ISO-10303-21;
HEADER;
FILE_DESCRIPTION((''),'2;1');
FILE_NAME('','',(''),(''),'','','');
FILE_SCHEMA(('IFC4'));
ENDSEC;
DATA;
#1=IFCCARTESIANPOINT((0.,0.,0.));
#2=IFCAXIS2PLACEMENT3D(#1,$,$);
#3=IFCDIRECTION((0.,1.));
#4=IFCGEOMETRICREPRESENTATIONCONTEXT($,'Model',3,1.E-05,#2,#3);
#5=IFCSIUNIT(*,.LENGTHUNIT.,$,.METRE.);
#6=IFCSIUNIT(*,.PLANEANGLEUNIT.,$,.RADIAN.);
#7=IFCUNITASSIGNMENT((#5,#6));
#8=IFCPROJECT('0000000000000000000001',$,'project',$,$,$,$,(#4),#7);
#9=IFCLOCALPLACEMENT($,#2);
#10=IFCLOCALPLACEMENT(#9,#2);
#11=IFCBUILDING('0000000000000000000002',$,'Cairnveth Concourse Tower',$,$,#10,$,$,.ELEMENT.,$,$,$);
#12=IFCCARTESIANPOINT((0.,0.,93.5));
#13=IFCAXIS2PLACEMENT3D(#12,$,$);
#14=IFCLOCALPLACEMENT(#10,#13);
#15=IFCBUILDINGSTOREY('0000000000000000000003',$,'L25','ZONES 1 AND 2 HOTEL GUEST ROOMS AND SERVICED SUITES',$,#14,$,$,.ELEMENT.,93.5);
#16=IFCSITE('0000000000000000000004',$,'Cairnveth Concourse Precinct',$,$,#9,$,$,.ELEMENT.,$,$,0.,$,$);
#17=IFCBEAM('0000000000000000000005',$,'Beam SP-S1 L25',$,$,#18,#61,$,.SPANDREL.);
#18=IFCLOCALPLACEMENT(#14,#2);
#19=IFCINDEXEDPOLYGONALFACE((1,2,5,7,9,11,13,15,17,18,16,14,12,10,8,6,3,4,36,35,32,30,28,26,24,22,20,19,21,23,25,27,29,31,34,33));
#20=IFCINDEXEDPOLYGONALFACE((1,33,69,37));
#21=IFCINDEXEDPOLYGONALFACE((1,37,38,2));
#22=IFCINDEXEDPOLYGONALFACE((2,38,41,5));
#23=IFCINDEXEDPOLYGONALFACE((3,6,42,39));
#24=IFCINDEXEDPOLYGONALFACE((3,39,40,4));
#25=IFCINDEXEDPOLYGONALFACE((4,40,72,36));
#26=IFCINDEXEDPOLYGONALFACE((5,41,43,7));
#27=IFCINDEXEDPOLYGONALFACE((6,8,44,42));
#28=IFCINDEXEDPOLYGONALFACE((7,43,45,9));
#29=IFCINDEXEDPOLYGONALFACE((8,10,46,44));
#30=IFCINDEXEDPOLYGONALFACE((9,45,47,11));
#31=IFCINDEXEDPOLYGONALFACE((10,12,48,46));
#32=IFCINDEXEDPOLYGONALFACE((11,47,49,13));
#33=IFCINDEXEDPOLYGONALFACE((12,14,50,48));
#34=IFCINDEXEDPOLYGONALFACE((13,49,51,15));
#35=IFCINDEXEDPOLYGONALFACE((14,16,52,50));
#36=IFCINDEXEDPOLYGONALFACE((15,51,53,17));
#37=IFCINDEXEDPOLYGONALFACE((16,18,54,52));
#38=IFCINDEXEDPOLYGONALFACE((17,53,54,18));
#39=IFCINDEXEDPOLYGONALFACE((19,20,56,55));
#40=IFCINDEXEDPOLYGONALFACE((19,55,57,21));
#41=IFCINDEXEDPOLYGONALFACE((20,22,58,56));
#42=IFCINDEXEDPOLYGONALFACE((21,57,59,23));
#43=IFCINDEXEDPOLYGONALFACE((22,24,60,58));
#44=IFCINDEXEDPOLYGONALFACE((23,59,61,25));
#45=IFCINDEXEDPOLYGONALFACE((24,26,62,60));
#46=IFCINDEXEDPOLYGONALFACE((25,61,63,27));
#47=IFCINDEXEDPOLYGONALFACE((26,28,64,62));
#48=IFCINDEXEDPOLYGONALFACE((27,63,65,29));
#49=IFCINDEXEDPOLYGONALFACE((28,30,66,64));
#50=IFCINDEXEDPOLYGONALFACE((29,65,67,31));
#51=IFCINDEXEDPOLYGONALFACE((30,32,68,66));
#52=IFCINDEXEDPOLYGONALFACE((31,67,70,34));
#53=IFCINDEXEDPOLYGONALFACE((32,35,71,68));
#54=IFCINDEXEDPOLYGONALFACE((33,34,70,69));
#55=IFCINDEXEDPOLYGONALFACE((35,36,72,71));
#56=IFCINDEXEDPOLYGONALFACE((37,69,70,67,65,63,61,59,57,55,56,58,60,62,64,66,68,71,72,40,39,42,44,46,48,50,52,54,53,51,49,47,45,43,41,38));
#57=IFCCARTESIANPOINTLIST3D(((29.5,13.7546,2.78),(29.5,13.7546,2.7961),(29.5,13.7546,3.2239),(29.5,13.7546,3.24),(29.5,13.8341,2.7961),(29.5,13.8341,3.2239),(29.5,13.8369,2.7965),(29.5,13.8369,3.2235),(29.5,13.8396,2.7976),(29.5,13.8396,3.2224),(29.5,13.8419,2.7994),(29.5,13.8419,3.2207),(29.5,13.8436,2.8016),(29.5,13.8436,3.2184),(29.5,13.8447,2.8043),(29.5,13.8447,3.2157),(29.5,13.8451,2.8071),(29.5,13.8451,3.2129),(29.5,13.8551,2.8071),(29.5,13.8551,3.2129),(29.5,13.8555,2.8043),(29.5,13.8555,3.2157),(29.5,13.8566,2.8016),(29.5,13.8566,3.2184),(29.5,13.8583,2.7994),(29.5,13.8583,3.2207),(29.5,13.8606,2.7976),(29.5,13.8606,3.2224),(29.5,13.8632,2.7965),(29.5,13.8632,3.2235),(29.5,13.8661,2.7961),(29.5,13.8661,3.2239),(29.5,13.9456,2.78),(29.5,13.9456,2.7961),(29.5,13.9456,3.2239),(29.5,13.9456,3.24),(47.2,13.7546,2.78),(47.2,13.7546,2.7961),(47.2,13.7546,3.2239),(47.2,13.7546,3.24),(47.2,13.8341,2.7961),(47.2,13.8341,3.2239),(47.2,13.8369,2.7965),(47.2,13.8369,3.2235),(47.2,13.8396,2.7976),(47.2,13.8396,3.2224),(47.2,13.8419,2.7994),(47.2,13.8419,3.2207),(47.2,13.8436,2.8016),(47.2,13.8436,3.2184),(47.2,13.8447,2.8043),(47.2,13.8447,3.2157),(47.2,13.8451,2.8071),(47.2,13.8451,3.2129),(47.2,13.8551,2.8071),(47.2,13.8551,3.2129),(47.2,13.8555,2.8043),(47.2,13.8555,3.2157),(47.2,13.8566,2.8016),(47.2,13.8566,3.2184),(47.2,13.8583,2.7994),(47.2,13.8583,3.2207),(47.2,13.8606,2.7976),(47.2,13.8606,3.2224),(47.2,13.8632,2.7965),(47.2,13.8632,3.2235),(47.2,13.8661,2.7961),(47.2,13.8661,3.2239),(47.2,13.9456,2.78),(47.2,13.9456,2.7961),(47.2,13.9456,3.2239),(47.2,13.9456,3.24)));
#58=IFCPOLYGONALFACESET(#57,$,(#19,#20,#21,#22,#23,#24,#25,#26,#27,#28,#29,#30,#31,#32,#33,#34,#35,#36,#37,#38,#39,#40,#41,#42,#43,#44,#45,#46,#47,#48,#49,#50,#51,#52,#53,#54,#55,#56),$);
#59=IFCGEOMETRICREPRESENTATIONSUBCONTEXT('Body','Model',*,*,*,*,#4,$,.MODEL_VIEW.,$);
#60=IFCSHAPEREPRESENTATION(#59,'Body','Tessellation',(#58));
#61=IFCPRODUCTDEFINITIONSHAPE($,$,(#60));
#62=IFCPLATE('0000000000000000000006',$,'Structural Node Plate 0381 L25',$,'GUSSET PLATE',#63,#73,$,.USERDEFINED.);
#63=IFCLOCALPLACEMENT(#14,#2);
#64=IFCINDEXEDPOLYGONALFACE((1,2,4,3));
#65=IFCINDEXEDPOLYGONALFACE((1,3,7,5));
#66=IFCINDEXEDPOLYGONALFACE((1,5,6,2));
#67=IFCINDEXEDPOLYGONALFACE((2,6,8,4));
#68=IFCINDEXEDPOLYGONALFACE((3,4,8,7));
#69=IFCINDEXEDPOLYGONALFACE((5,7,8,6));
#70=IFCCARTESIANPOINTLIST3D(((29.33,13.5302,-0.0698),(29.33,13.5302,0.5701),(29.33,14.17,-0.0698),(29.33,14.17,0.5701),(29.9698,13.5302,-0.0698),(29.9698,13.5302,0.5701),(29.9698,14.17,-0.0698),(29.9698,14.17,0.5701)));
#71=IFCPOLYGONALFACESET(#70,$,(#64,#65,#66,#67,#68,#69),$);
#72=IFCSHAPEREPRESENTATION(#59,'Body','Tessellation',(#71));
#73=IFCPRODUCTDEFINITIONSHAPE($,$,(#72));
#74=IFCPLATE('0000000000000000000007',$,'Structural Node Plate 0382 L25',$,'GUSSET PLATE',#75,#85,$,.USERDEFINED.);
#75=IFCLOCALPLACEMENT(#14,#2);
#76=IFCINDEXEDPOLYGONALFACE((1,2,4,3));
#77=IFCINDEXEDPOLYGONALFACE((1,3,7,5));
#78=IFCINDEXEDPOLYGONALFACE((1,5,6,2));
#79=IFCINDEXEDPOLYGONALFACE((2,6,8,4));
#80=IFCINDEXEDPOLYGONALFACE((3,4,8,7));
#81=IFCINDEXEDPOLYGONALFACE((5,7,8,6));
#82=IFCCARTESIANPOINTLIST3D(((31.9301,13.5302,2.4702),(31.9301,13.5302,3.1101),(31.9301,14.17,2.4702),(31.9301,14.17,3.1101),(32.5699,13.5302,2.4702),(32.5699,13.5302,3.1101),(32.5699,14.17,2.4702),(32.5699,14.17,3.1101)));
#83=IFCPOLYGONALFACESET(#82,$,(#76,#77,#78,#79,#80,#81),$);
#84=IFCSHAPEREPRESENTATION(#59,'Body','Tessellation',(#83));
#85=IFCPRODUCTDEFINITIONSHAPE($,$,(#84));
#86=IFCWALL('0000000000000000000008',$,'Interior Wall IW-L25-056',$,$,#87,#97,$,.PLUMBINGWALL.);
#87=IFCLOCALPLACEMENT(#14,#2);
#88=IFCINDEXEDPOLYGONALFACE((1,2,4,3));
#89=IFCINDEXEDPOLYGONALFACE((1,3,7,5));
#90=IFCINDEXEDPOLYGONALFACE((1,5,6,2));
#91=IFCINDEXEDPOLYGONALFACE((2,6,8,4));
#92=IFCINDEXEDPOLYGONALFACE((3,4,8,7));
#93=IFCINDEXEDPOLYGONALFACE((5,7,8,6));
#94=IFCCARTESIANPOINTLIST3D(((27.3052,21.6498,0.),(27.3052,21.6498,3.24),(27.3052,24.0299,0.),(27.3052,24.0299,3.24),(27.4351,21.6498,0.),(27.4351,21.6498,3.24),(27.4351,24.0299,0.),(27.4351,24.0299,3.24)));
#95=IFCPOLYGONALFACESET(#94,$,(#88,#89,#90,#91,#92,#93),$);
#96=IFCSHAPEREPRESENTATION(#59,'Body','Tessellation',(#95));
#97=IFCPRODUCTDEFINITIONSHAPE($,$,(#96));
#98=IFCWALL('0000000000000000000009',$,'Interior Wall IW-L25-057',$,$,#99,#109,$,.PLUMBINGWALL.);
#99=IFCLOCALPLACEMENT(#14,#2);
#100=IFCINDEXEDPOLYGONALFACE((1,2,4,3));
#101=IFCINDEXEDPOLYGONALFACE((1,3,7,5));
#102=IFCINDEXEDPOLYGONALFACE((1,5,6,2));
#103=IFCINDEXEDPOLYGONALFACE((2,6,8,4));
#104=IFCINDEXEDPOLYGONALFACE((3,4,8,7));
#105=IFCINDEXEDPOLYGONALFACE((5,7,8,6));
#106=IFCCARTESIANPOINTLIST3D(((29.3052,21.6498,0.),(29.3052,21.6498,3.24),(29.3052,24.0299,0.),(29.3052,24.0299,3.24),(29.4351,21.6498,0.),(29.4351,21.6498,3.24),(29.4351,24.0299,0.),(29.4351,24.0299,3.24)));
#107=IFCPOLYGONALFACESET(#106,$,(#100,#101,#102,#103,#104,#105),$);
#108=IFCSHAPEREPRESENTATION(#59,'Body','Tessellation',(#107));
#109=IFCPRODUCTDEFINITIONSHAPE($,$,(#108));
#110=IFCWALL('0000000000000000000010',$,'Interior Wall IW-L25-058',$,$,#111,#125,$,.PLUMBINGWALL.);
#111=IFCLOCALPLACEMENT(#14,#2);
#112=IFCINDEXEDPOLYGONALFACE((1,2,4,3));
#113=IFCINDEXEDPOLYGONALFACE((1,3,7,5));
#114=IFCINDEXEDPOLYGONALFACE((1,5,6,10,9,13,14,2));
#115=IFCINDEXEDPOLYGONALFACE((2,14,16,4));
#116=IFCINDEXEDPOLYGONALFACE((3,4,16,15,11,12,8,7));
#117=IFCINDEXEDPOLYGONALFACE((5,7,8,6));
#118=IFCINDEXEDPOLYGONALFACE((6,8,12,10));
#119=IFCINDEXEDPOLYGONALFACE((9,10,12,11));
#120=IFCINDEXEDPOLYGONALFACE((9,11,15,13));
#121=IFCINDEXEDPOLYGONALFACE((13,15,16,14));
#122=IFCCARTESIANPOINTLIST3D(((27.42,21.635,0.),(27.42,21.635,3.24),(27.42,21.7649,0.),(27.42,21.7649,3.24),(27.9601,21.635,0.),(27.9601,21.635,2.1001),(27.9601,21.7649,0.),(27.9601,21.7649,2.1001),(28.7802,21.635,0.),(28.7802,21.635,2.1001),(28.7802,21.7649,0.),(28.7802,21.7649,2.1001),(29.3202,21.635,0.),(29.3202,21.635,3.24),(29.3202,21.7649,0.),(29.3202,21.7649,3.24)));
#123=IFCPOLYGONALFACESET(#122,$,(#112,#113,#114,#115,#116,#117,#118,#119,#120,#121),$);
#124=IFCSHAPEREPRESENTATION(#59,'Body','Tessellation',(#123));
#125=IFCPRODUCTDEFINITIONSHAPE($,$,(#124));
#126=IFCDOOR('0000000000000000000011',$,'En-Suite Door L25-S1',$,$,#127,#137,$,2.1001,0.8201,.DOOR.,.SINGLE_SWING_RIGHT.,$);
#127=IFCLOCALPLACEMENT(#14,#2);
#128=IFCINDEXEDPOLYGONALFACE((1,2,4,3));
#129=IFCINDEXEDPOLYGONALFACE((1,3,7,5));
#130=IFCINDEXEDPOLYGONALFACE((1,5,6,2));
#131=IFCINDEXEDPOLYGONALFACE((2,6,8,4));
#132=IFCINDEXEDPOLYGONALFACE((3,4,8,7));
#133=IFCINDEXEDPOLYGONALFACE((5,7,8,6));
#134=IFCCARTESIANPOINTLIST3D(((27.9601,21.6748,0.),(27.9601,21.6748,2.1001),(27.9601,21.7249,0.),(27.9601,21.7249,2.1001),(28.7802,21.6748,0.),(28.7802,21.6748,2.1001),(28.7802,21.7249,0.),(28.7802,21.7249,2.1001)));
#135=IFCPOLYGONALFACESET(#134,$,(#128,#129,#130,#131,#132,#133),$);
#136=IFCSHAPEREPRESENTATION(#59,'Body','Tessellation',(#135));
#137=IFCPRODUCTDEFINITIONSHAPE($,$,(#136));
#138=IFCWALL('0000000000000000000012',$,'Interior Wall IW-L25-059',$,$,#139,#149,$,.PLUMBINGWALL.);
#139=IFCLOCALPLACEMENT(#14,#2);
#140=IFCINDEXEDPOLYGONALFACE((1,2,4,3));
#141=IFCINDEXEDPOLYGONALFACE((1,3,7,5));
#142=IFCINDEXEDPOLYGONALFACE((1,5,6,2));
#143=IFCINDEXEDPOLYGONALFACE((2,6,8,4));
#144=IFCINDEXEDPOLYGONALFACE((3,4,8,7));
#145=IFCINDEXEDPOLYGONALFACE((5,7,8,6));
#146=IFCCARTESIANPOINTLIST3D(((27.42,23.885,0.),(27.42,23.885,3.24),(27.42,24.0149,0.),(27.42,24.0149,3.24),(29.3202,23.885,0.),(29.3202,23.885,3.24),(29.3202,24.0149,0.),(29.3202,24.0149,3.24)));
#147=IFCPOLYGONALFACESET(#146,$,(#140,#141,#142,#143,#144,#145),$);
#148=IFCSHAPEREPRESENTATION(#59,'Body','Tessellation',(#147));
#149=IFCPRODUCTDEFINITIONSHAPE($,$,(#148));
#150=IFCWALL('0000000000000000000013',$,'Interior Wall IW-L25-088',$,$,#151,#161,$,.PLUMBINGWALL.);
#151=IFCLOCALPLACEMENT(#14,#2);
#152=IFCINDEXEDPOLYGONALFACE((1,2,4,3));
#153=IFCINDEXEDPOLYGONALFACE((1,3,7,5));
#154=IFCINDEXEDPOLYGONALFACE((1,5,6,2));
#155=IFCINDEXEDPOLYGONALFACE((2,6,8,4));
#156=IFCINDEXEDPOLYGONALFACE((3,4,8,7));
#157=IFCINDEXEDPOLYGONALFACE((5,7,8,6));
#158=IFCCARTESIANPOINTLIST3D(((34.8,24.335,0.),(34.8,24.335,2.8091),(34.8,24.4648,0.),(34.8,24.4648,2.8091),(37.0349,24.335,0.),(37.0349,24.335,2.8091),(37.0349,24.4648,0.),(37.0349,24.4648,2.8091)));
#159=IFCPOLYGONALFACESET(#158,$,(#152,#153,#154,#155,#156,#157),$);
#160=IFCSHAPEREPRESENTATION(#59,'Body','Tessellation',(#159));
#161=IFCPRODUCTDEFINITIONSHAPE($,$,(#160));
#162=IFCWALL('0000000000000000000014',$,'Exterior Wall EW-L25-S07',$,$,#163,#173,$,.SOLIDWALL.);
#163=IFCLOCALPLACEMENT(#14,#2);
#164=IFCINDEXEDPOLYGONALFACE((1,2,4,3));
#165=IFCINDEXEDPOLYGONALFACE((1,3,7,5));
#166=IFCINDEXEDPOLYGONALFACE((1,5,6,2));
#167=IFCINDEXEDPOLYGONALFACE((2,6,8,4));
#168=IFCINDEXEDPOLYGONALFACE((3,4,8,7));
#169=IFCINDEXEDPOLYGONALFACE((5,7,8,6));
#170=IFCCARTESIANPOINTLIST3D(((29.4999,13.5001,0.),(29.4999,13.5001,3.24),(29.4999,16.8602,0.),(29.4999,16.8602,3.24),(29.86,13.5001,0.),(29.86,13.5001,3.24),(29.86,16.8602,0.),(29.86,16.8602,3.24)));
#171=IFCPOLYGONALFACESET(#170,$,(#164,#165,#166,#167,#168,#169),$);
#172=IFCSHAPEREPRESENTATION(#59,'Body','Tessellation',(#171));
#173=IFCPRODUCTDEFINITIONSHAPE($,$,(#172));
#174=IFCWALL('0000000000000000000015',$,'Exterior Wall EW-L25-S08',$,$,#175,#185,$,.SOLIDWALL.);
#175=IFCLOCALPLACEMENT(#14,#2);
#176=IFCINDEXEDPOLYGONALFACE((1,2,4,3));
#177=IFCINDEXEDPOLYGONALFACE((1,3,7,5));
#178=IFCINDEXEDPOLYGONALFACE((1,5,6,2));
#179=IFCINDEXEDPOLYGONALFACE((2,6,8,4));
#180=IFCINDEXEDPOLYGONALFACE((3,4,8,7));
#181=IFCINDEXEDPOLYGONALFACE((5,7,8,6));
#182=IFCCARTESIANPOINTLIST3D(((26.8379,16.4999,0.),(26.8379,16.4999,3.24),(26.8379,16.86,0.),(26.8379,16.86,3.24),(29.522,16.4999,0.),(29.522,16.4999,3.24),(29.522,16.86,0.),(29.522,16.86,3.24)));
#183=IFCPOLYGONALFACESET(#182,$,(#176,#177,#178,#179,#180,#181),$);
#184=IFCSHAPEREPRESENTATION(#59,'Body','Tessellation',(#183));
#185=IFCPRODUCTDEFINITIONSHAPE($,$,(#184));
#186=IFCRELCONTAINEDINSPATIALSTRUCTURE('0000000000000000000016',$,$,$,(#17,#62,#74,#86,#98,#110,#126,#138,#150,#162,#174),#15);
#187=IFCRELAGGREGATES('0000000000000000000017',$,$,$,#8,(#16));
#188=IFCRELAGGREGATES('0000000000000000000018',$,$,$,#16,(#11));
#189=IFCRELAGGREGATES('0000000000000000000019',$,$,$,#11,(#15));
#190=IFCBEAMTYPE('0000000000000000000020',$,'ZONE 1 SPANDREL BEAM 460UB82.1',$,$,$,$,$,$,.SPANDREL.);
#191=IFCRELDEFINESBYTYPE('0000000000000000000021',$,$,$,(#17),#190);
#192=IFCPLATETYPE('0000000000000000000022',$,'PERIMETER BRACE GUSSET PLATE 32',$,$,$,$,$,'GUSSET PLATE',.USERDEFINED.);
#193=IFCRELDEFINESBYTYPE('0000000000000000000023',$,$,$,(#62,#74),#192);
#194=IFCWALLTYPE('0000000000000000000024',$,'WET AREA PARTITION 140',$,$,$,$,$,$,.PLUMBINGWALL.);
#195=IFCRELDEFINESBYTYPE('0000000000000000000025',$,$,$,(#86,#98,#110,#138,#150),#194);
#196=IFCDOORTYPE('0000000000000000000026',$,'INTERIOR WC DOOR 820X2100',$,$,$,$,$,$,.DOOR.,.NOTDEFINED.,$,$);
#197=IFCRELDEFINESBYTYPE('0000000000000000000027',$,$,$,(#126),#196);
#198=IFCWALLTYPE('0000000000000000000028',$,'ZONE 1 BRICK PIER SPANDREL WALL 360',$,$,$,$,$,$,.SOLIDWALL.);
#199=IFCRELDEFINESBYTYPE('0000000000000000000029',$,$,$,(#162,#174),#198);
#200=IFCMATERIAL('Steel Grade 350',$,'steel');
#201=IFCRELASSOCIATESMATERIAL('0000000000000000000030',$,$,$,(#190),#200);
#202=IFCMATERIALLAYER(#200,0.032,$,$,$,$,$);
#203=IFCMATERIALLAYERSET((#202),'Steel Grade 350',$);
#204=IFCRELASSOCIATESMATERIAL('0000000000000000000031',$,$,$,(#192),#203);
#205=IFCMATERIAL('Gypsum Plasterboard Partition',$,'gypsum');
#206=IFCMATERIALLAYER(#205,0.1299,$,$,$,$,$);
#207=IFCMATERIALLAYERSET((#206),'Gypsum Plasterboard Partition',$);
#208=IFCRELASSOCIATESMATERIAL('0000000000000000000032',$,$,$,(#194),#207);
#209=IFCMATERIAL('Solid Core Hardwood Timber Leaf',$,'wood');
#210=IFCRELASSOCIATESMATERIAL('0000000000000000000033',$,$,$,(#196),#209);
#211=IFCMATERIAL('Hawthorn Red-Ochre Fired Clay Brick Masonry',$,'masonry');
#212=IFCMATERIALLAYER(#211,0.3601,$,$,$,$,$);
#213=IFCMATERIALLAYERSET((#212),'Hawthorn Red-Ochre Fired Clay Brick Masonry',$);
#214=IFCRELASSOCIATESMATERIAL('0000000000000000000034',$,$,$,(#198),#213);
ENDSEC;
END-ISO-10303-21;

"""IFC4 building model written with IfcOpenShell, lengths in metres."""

from ifc_helpers import new_model, si_unit, direction, frame, frame_2d, origin, origin_2d, place, context, subcontext, project, spatial, rectangle, i_section, extrude, material, layer, layer_set, material_profile, profile_set, type_object, element, fill, save


model = new_model("IFC4")

# Units and contexts
model_context = context("Model", 3, precision=1e-05, world=origin(), true_north=direction((0.0, 1.0)))
body_context = subcontext(model_context, "Body", "Model", "MODEL_VIEW")
ifc_project = project(units=[si_unit("LENGTHUNIT", "METRE"), si_unit("PLANEANGLEUNIT", "RADIAN")], contexts=[model_context])

# Site, building, storey
site_placement = place(None, origin())
site = spatial("IfcSite", under=ifc_project, at=site_placement, Name="Cairnveth Concourse Precinct", CompositionType="ELEMENT", RefElevation=0.0)
building_placement = place(site_placement, origin())
building = spatial("IfcBuilding", under=site, at=building_placement, Name="Cairnveth Concourse Tower", CompositionType="ELEMENT")
storey_placement = place(building_placement, frame((0.0, 0.0, 93.5)))
storey = spatial("IfcBuildingStorey", under=building, at=storey_placement, Name="L25", Description="ZONES 1 AND 2 HOTEL GUEST ROOMS AND SERVICED SUITES", CompositionType="ELEMENT", Elevation=93.5)

# Shared definitions
ifc_material_1 = material(Name="Steel Grade 350", Category="steel")

# Beam
ifc_material_profile_1 = material_profile(ifc_material_1, i_section(OverallWidth=0.1909, OverallDepth=0.46, WebThickness=0.01, FlangeThickness=0.0161, FilletRadius=0.011, at=origin_2d()), Name="460UB82.1")
ifc_profile_set_1 = profile_set([ifc_material_profile_1], Name="Steel Grade 350")
beam_type_1 = type_object("IfcBeamType", Name="ZONE 1 SPANDREL BEAM 460UB82.1", PredefinedType="SPANDREL", material=ifc_profile_set_1)
beam_1_placement = place(storey_placement, frame((29.5, 13.8501, 3.01), z_axis=(1.0, 0.0, 0.0), x_axis=(0.0, 1.0, 0.0)))
element("IfcBeam", 1, at=beam_1_placement, inside=storey, type_object=beam_type_1, Name="Beam SP-S1 L25", PredefinedType="SPANDREL", context=body_context, shape_type="SweptSolid", body=[
    extrude(i_section(OverallWidth=0.1909, OverallDepth=0.46, WebThickness=0.01, FlangeThickness=0.0161, FilletRadius=0.011, at=origin_2d()), origin(), (0.0, 0.0, 1.0), 17.7),
])

# Plates
ifc_layer_1 = layer(ifc_material_1, 0.032)
ifc_layer_set_1 = layer_set([ifc_layer_1], Name="Steel Grade 350")
plate_type = type_object("IfcPlateType", Name="PERIMETER BRACE GUSSET PLATE 32", ElementType="GUSSET PLATE", PredefinedType="USERDEFINED", material=ifc_layer_set_1)
for number, where, z_axis, x_axis, name in (
    (2, (29.6499, 13.8501, -0.0698), (0.0, 0.0, 1.0), (1.0, 0.0, 0.0), "Structural Node Plate 0381 L25"),
    (3, (32.25, 13.8501, 2.4702), (0.0, 0.0, 1.0), (1.0, 0.0, 0.0), "Structural Node Plate 0382 L25"),
):
    element("IfcPlate", number, at=place(storey_placement, frame(where, z_axis=z_axis, x_axis=x_axis)), inside=storey, type_object=plate_type, Name=name, ObjectType="GUSSET PLATE", PredefinedType="USERDEFINED", context=body_context, shape_type="SweptSolid", body=[
        extrude(rectangle(XDim=0.6399, YDim=0.6399, at=origin_2d()), origin(), (0.0, 0.0, 1.0), 0.6399),
    ])

# Walls
ifc_material_2 = material(Name="Gypsum Plasterboard Partition", Category="gypsum")
ifc_layer_2 = layer(ifc_material_2, 0.1299)
ifc_layer_set_2 = layer_set([ifc_layer_2], Name="Gypsum Plasterboard Partition")
wall_type_1 = type_object("IfcWallType", Name="WET AREA PARTITION 140", PredefinedType="PLUMBINGWALL", material=ifc_layer_set_2)
for number, where, z_axis, x_axis, name in (
    (4, (27.3701, 21.6499, 0.0), (0.0, 0.0, 1.0), (0.0, 1.0, 0.0), "Interior Wall IW-L25-056"),
    (5, (29.3701, 21.6499, 0.0), (0.0, 0.0, 1.0), (0.0, 1.0, 0.0), "Interior Wall IW-L25-057"),
):
    element("IfcWall", number, at=place(storey_placement, frame(where, z_axis=z_axis, x_axis=x_axis)), inside=storey, type_object=wall_type_1, Name=name, PredefinedType="PLUMBINGWALL", context=body_context, shape_type="SweptSolid", body=[
        extrude(rectangle(XDim=2.3801, YDim=0.1299, at=frame_2d((1.1899, 0.0))), origin(), (0.0, 0.0, 1.0), 3.24),
    ])

# Wall, opening, door
wall_1_placement = place(storey_placement, frame((27.4199, 21.7, 0.0), z_axis=(0.0, 0.0, 1.0), x_axis=(1.0, 0.0, 0.0)))
wall_1 = element("IfcWall", 6, at=wall_1_placement, inside=storey, type_object=wall_type_1, Name="Interior Wall IW-L25-058", PredefinedType="PLUMBINGWALL", context=body_context, shape_type="SweptSolid", body=[
    extrude(rectangle(XDim=1.9001, YDim=0.1299, at=frame_2d((0.9502, 0.0))), origin(), (0.0, 0.0, 1.0), 3.24),
])
opening_placement = place(wall_1_placement, frame((0.54, 0.0, 0.0)))
opening = element("IfcOpeningElement", 7, at=opening_placement, cuts=wall_1, PredefinedType="OPENING", context=body_context, shape_type="SweptSolid", body=[
    extrude(rectangle(XDim=0.8201, YDim=2.1001, at=frame_2d((0.4102, 1.05))), frame((0.0, 0.075, 0.0), z_axis=(0.0, -1.0, 0.0), x_axis=(1.0, 0.0, 0.0)), (0.0, 0.0, 1.0), 0.1499),
])
ifc_material_3 = material(Name="Solid Core Hardwood Timber Leaf", Category="wood")
door_type = type_object("IfcDoorType", Name="INTERIOR WC DOOR 820X2100", OperationType="NOTDEFINED", PredefinedType="DOOR", material=ifc_material_3)
door_placement = place(opening_placement, origin())
door = element("IfcDoor", 8, at=door_placement, inside=storey, type_object=door_type, Name="En-Suite Door L25-S1", OperationType="SINGLE_SWING_RIGHT", OverallHeight=2.1001, OverallWidth=0.8201, PredefinedType="DOOR", context=body_context, shape_type="SweptSolid", body=[
    extrude(rectangle(XDim=0.8201, YDim=2.1001, at=frame_2d((0.4102, 1.05))), frame((0.0, 0.0249, 0.0), z_axis=(0.0, -1.0, 0.0), x_axis=(1.0, 0.0, 0.0)), (0.0, 0.0, 1.0), 0.05),
])
fill(opening, door)

# Walls
wall_2_placement = place(storey_placement, frame((27.4199, 23.95, 0.0), z_axis=(0.0, 0.0, 1.0), x_axis=(1.0, 0.0, 0.0)))
element("IfcWall", 9, at=wall_2_placement, inside=storey, type_object=wall_type_1, Name="Interior Wall IW-L25-059", PredefinedType="PLUMBINGWALL", context=body_context, shape_type="SweptSolid", body=[
    extrude(rectangle(XDim=1.9001, YDim=0.1299, at=frame_2d((0.9502, 0.0))), origin(), (0.0, 0.0, 1.0), 3.24),
])
wall_3_placement = place(storey_placement, frame((34.8, 24.3999, 0.0), z_axis=(0.0, 0.0, 1.0), x_axis=(1.0, 0.0, 0.0)))
element("IfcWall", 10, at=wall_3_placement, inside=storey, type_object=wall_type_1, Name="Interior Wall IW-L25-088", PredefinedType="PLUMBINGWALL", context=body_context, shape_type="SweptSolid", body=[
    extrude(rectangle(XDim=2.2349, YDim=0.1299, at=frame_2d((1.1174, 0.0))), origin(), (0.0, 0.0, 1.0), 2.8091),
])
ifc_material_4 = material(Name="Hawthorn Red-Ochre Fired Clay Brick Masonry", Category="masonry")
ifc_layer_3 = layer(ifc_material_4, 0.3601)
ifc_layer_set_3 = layer_set([ifc_layer_3], Name="Hawthorn Red-Ochre Fired Clay Brick Masonry")
wall_type_2 = type_object("IfcWallType", Name="ZONE 1 BRICK PIER SPANDREL WALL 360", PredefinedType="SOLIDWALL", material=ifc_layer_set_3)
wall_4_placement = place(storey_placement, frame((29.6799, 13.5, 0.0), z_axis=(0.0, 0.0, 1.0), x_axis=(0.0, 1.0, 0.0)))
element("IfcWall", 11, at=wall_4_placement, inside=storey, type_object=wall_type_2, Name="Exterior Wall EW-L25-S07", PredefinedType="SOLIDWALL", context=body_context, shape_type="SweptSolid", body=[
    extrude(rectangle(XDim=3.3601, YDim=0.3601, at=frame_2d((1.6802, 0.0))), origin(), (0.0, 0.0, 1.0), 3.24),
])
wall_5_placement = place(storey_placement, frame((29.522, 16.6799, 0.0), z_axis=(0.0, 0.0, 1.0), x_axis=(-1.0, 0.0, 0.0)))
element("IfcWall", 12, at=wall_5_placement, inside=storey, type_object=wall_type_2, Name="Exterior Wall EW-L25-S08", PredefinedType="SOLIDWALL", context=body_context, shape_type="SweptSolid", body=[
    extrude(rectangle(XDim=2.6841, YDim=0.3601, at=frame_2d((1.342, 0.0))), origin(), (0.0, 0.0, 1.0), 3.24),
])

save(model, "model.ifc")
